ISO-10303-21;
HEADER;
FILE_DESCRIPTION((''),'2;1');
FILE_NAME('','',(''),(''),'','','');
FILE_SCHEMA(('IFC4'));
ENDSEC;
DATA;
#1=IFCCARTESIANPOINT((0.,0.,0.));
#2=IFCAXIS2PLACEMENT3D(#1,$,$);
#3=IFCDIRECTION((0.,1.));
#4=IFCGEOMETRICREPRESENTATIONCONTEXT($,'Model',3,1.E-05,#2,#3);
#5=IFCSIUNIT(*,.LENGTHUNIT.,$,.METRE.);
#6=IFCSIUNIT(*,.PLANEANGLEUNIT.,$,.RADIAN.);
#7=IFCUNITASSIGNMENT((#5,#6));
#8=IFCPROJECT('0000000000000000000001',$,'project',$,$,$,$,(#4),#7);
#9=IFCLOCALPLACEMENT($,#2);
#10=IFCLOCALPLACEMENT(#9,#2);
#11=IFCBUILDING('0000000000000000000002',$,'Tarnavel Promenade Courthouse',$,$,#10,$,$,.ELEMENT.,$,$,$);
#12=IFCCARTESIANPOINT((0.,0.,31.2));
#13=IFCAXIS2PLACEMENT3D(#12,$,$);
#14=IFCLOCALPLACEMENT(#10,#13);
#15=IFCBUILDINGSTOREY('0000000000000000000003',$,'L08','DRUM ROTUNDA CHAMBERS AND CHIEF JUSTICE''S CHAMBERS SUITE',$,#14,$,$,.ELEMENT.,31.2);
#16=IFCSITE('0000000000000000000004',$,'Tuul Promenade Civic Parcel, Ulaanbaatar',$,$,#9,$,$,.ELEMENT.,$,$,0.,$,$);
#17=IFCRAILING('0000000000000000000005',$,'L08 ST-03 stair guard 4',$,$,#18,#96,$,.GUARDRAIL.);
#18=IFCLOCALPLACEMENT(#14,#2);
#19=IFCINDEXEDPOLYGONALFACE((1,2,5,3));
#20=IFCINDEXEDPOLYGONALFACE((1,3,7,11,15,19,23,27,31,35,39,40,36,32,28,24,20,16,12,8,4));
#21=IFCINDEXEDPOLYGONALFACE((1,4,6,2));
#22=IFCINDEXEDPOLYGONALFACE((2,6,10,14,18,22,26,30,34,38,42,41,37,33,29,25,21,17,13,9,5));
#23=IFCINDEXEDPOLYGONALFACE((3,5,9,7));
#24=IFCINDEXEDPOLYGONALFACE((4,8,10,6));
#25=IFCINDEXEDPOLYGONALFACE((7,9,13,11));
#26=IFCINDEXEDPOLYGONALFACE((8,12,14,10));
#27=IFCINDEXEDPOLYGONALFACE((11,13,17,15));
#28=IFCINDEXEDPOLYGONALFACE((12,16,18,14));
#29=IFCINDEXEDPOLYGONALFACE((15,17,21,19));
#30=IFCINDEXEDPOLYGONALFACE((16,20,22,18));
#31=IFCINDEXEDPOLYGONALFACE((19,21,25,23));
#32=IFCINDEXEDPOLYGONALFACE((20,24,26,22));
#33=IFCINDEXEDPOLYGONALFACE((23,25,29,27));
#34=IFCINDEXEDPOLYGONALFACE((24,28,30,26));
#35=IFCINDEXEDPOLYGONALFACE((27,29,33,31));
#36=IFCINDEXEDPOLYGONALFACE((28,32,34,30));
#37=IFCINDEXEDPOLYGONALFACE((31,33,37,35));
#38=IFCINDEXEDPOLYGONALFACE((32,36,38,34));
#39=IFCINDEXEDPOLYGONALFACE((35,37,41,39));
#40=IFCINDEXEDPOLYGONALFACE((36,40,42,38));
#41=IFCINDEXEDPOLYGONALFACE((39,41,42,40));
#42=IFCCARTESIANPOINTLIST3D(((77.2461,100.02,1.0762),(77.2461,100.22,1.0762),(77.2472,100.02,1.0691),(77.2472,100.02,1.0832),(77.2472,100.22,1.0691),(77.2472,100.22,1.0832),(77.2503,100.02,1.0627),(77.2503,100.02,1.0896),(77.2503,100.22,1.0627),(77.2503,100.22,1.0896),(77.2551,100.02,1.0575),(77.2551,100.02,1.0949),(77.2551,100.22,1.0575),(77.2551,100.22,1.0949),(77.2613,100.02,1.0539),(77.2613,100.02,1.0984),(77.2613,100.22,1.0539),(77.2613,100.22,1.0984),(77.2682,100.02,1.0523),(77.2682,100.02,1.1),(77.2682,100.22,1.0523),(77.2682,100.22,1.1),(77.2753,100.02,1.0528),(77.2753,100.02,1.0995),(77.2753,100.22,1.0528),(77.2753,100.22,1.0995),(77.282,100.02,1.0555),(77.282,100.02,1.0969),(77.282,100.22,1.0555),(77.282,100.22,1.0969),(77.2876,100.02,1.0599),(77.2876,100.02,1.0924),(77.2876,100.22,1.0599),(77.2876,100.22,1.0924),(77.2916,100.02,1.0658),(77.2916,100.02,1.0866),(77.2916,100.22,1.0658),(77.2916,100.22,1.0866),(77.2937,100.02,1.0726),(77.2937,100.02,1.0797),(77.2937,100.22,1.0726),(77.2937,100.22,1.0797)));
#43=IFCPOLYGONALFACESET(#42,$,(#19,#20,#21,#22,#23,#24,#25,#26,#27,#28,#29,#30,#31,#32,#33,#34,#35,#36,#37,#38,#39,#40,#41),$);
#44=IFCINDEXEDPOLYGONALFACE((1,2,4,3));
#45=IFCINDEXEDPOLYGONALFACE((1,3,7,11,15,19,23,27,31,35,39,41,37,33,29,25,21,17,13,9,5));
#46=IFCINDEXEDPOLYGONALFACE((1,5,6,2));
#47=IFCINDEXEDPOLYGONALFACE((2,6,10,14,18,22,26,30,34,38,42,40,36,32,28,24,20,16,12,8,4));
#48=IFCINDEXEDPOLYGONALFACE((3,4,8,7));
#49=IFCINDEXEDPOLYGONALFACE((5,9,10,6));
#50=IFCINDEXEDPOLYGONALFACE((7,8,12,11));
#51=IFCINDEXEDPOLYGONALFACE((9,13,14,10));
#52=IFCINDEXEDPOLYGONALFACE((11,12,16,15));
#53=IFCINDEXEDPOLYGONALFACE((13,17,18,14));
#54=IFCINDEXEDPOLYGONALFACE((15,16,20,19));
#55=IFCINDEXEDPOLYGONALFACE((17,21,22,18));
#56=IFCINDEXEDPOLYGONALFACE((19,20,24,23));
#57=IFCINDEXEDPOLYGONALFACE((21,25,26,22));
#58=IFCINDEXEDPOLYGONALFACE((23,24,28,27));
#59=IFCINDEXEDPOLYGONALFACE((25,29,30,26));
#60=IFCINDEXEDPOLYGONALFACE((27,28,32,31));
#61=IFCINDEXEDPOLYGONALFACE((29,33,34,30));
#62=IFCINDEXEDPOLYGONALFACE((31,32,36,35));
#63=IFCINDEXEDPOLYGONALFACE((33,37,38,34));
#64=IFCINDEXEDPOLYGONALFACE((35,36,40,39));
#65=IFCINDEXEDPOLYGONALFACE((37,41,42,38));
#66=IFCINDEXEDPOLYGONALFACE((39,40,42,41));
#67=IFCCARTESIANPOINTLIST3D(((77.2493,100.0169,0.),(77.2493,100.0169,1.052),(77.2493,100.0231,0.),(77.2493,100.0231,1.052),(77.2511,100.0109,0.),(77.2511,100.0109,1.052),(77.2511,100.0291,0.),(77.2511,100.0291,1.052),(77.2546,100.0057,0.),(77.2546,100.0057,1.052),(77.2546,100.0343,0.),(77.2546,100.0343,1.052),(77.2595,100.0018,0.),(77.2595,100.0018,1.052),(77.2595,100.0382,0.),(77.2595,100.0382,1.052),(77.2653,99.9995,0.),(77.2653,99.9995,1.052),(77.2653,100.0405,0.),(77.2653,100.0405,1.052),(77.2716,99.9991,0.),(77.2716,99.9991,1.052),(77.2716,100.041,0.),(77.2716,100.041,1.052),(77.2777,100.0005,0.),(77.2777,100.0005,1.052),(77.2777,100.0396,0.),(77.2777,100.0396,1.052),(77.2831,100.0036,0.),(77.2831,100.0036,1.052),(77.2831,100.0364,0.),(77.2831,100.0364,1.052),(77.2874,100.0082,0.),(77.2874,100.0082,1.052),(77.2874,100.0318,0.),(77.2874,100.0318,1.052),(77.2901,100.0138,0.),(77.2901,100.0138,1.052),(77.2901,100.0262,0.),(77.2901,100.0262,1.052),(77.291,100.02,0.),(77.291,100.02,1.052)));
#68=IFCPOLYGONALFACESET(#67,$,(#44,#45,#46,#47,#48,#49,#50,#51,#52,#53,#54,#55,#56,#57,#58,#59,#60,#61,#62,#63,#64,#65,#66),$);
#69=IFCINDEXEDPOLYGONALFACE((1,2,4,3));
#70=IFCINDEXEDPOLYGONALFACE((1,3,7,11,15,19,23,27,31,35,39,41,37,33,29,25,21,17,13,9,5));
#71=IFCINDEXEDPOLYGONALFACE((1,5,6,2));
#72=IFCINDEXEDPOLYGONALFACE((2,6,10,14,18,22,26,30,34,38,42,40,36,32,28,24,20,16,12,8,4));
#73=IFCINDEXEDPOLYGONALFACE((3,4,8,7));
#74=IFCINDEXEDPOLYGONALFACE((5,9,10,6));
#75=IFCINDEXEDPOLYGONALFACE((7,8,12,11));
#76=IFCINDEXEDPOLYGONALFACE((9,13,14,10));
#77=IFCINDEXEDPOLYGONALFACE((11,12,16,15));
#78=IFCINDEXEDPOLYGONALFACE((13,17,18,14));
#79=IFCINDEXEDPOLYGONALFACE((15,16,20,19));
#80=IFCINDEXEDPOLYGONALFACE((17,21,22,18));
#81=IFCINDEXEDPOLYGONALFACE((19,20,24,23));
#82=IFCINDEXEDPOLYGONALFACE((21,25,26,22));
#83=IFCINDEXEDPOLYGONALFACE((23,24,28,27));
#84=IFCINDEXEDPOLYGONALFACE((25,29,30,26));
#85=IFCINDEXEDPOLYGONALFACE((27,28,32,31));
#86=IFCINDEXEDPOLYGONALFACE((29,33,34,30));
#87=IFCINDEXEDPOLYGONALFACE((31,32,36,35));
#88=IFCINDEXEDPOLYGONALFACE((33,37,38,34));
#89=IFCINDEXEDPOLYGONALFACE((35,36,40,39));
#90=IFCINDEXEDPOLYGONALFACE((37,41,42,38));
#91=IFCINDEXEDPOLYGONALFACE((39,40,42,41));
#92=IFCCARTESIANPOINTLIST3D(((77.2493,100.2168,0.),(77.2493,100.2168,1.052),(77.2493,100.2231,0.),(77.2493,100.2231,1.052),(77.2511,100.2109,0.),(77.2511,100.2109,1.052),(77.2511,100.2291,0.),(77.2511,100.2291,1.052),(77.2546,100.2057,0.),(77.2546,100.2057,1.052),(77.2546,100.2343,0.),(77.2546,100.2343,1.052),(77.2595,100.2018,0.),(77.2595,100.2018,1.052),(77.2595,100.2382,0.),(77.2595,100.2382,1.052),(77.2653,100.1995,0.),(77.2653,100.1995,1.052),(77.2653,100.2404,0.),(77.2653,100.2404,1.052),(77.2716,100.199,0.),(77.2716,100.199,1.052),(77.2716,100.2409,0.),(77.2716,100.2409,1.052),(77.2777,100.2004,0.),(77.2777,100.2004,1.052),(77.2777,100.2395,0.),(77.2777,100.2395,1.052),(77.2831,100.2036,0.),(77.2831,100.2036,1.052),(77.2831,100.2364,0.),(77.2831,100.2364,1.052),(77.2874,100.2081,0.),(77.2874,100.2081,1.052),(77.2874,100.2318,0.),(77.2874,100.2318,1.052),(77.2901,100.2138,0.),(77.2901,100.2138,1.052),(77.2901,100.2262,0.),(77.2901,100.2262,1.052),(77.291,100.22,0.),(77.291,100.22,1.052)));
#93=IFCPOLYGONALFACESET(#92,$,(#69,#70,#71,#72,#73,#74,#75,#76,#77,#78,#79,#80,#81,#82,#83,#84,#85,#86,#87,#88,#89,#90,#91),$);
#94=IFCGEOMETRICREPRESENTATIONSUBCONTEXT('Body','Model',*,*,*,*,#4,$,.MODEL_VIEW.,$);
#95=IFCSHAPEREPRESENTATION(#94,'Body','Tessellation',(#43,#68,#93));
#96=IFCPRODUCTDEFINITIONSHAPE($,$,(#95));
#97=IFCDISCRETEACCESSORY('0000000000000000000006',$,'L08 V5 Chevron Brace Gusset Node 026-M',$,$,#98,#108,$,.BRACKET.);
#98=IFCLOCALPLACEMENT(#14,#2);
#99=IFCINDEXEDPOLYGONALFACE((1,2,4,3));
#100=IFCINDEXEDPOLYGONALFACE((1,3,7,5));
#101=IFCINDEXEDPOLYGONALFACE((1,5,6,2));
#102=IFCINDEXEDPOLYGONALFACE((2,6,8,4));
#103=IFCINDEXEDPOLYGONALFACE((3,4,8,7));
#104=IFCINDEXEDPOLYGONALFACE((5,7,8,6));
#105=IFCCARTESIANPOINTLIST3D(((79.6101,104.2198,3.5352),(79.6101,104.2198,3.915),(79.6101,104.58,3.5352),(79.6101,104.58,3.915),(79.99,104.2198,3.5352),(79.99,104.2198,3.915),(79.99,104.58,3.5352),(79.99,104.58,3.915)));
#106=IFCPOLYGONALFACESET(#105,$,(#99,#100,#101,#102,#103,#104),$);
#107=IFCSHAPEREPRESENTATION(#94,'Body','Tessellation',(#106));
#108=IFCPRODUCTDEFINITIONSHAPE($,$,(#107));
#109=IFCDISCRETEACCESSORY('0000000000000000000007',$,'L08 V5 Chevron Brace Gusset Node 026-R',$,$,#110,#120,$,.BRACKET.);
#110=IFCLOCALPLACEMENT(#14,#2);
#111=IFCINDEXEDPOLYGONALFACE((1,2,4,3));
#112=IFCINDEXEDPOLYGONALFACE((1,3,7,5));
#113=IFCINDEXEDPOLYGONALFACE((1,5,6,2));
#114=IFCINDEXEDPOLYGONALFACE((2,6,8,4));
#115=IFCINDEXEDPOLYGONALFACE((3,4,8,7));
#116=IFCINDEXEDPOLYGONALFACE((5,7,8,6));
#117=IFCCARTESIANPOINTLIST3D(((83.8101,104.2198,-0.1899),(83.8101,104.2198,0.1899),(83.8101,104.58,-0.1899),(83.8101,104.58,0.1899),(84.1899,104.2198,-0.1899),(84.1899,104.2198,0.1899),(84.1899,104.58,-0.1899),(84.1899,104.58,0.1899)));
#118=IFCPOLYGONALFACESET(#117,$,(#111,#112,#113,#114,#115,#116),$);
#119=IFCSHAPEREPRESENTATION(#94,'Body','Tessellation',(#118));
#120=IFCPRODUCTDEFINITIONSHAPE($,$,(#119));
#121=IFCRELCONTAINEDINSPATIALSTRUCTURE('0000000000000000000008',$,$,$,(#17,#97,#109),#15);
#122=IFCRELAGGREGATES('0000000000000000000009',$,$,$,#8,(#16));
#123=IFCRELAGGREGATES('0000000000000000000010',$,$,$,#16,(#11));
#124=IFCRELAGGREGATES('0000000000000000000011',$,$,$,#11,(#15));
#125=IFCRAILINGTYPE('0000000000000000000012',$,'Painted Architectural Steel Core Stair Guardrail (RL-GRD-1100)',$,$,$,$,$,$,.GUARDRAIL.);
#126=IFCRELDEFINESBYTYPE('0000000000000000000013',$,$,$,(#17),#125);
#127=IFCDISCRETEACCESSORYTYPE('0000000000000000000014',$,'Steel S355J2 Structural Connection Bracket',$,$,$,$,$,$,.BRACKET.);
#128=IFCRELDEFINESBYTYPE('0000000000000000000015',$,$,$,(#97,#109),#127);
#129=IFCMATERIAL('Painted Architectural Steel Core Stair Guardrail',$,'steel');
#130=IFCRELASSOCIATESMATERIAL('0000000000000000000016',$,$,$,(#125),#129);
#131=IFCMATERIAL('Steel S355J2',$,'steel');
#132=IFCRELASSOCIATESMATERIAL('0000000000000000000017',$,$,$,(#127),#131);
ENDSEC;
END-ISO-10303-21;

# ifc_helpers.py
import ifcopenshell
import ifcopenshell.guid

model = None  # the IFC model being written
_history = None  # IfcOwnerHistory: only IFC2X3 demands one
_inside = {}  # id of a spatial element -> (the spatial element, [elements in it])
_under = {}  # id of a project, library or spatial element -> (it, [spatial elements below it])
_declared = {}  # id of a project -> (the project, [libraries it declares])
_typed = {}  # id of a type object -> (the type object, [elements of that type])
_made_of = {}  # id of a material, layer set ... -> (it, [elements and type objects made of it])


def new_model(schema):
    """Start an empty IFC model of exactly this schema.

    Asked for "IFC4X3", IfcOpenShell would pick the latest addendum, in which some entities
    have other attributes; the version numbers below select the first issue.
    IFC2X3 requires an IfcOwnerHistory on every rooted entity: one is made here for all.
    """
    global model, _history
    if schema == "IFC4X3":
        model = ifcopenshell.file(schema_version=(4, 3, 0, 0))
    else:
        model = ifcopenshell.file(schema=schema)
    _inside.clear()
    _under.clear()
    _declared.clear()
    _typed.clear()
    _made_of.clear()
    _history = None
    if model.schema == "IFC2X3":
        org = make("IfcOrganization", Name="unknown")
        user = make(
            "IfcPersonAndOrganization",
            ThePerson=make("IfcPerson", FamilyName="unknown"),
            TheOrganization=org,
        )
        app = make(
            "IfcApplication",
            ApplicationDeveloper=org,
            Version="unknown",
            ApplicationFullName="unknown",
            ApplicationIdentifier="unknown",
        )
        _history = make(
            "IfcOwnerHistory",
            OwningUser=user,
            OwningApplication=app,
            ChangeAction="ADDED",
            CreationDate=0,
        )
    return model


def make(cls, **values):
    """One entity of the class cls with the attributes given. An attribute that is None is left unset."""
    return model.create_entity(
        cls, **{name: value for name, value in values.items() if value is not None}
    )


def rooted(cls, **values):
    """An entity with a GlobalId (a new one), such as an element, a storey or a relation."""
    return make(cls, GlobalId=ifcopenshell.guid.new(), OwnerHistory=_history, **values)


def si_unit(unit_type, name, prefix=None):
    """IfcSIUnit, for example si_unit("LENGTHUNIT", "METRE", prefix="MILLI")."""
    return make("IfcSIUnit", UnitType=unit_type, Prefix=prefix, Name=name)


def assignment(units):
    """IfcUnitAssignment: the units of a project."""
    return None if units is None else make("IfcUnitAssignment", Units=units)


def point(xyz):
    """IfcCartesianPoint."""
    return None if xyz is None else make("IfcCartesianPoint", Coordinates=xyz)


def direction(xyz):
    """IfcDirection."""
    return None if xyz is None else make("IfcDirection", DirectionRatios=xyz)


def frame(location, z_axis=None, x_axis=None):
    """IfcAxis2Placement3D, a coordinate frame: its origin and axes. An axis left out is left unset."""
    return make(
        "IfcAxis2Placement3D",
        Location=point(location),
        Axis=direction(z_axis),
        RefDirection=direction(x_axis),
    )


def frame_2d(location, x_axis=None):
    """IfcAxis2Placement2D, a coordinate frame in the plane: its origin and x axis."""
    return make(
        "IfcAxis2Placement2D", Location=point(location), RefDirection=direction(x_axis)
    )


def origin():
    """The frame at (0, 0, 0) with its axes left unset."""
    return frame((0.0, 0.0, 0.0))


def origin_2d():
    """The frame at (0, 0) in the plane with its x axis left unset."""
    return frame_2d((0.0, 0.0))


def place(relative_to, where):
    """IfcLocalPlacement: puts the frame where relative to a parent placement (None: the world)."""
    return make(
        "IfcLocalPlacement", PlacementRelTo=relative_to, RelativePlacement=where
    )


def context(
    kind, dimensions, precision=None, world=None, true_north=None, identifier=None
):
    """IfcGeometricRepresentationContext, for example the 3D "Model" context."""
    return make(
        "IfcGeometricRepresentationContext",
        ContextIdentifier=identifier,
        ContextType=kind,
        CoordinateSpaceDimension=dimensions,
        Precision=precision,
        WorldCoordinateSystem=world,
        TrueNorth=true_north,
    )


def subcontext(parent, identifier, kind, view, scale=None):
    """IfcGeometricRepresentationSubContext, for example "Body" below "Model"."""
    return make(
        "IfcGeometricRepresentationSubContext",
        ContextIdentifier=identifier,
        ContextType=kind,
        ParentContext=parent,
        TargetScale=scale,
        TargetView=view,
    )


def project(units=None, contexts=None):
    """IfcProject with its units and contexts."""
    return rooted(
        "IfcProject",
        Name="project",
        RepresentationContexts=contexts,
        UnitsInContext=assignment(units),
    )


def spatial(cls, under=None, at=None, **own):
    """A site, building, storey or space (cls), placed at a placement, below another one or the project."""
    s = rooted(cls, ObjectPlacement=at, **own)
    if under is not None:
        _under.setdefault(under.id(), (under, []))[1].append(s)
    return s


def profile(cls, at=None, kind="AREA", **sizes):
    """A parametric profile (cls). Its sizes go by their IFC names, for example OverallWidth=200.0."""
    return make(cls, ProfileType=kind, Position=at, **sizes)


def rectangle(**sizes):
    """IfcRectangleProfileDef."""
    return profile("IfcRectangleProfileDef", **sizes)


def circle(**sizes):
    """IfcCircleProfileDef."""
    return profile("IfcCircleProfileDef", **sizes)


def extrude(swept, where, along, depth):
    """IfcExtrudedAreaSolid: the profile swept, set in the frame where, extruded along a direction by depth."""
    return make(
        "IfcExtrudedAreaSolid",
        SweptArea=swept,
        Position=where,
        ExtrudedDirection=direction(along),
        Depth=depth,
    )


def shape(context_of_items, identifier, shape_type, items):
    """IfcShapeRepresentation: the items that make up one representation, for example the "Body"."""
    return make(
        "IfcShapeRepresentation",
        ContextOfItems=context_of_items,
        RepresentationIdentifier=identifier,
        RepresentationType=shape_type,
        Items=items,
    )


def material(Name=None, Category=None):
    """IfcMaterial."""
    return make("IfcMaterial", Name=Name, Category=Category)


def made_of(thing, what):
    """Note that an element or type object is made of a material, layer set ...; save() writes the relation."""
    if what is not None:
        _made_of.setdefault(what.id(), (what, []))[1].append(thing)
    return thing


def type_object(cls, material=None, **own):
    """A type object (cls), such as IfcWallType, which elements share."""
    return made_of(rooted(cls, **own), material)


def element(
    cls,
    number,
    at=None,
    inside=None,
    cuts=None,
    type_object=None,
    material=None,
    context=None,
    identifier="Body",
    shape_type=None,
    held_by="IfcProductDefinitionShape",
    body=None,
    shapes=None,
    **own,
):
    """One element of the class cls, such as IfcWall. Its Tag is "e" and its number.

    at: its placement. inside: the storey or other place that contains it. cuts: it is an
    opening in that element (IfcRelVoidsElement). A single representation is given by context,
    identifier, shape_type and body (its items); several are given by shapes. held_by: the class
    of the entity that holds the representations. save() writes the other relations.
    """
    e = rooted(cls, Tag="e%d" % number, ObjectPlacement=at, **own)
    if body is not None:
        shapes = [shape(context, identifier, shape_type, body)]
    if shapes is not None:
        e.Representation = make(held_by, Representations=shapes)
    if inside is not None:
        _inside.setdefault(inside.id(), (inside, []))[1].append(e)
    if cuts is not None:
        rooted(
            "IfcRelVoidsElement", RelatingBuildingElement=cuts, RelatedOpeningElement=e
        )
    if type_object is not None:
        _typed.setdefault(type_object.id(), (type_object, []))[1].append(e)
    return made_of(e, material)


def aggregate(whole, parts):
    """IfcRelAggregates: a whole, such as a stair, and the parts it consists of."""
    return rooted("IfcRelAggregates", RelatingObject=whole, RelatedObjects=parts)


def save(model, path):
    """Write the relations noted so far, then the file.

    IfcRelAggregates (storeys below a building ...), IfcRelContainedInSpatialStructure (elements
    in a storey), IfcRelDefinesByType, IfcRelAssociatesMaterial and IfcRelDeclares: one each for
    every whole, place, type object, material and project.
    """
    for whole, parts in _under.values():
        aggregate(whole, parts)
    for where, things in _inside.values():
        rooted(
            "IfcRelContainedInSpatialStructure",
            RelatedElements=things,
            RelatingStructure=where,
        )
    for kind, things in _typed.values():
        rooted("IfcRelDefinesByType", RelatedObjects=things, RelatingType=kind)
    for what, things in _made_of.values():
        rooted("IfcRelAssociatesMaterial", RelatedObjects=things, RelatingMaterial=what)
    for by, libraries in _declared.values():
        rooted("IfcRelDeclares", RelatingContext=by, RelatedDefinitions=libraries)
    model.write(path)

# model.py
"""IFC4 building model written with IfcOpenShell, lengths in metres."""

from ifc_helpers import new_model, si_unit, direction, frame, origin, origin_2d, place, context, subcontext, project, spatial, rectangle, circle, extrude, material, type_object, element, save


model = new_model("IFC4")

# Units and contexts
model_context = context("Model", 3, precision=1e-05, world=origin(), true_north=direction((0.0, 1.0)))
body_context = subcontext(model_context, "Body", "Model", "MODEL_VIEW")
ifc_project = project(units=[si_unit("LENGTHUNIT", "METRE"), si_unit("PLANEANGLEUNIT", "RADIAN")], contexts=[model_context])

# Site, building, storey
site_placement = place(None, origin())
site = spatial("IfcSite", under=ifc_project, at=site_placement, Name="Tuul Promenade Civic Parcel, Ulaanbaatar", CompositionType="ELEMENT", RefElevation=0.0)
building_placement = place(site_placement, origin())
building = spatial("IfcBuilding", under=site, at=building_placement, Name="Tarnavel Promenade Courthouse", CompositionType="ELEMENT")
storey_placement = place(building_placement, frame((0.0, 0.0, 31.2)))
storey = spatial("IfcBuildingStorey", under=building, at=storey_placement, Name="L08", Description="DRUM ROTUNDA CHAMBERS AND CHIEF JUSTICE'S CHAMBERS SUITE", CompositionType="ELEMENT", Elevation=31.2)

# Shared definitions
ifc_material_1 = material(Name="Steel S355J2", Category="steel")

# Railing
ifc_material_2 = material(Name="Painted Architectural Steel Core Stair Guardrail", Category="steel")
railing_type_1 = type_object("IfcRailingType", Name="Painted Architectural Steel Core Stair Guardrail (RL-GRD-1100)", PredefinedType="GUARDRAIL", material=ifc_material_2)
railing_1_placement = place(storey_placement, frame((77.27, 100.02, 0.0)))
element("IfcRailing", 1, at=railing_1_placement, inside=storey, type_object=railing_type_1, Name="L08 ST-03 stair guard 4", PredefinedType="GUARDRAIL", context=body_context, shape_type="SweptSolid", body=[
    extrude(circle(Radius=0.0239, at=origin_2d()), frame((0.0, 0.0, 1.0762), z_axis=(0.0, 1.0, 0.0), x_axis=(-1.0, 0.0, 0.0)), (0.0, 0.0, 1.0), 0.2),
    extrude(circle(Radius=0.021, at=origin_2d()), origin(), (0.0, 0.0, 1.0), 1.052),
    extrude(circle(Radius=0.021, at=origin_2d()), frame((0.0, 0.2, 0.0)), (0.0, 0.0, 1.0), 1.052),
])

# Discrete accessories
discrete_accessory_type = type_object("IfcDiscreteAccessoryType", Name="Steel S355J2 Structural Connection Bracket", PredefinedType="BRACKET", material=ifc_material_1)
for number, where, z_axis, x_axis, name in (
    (2, (79.8, 104.3999, 3.5352), (0.0, 0.0, 1.0), (1.0, 0.0, 0.0), "L08 V5 Chevron Brace Gusset Node 026-M"),
    (3, (84.0, 104.3999, -0.1899), (0.0, 0.0, 1.0), (1.0, 0.0, 0.0), "L08 V5 Chevron Brace Gusset Node 026-R"),
):
    element("IfcDiscreteAccessory", number, at=place(storey_placement, frame(where, z_axis=z_axis, x_axis=x_axis)), inside=storey, type_object=discrete_accessory_type, Name=name, PredefinedType="BRACKET", context=body_context, shape_type="SweptSolid", body=[
        extrude(rectangle(XDim=0.3799, YDim=0.3601, at=origin_2d()), origin(), (0.0, 0.0, 1.0), 0.3799),
    ])

save(model, "model.ifc")
